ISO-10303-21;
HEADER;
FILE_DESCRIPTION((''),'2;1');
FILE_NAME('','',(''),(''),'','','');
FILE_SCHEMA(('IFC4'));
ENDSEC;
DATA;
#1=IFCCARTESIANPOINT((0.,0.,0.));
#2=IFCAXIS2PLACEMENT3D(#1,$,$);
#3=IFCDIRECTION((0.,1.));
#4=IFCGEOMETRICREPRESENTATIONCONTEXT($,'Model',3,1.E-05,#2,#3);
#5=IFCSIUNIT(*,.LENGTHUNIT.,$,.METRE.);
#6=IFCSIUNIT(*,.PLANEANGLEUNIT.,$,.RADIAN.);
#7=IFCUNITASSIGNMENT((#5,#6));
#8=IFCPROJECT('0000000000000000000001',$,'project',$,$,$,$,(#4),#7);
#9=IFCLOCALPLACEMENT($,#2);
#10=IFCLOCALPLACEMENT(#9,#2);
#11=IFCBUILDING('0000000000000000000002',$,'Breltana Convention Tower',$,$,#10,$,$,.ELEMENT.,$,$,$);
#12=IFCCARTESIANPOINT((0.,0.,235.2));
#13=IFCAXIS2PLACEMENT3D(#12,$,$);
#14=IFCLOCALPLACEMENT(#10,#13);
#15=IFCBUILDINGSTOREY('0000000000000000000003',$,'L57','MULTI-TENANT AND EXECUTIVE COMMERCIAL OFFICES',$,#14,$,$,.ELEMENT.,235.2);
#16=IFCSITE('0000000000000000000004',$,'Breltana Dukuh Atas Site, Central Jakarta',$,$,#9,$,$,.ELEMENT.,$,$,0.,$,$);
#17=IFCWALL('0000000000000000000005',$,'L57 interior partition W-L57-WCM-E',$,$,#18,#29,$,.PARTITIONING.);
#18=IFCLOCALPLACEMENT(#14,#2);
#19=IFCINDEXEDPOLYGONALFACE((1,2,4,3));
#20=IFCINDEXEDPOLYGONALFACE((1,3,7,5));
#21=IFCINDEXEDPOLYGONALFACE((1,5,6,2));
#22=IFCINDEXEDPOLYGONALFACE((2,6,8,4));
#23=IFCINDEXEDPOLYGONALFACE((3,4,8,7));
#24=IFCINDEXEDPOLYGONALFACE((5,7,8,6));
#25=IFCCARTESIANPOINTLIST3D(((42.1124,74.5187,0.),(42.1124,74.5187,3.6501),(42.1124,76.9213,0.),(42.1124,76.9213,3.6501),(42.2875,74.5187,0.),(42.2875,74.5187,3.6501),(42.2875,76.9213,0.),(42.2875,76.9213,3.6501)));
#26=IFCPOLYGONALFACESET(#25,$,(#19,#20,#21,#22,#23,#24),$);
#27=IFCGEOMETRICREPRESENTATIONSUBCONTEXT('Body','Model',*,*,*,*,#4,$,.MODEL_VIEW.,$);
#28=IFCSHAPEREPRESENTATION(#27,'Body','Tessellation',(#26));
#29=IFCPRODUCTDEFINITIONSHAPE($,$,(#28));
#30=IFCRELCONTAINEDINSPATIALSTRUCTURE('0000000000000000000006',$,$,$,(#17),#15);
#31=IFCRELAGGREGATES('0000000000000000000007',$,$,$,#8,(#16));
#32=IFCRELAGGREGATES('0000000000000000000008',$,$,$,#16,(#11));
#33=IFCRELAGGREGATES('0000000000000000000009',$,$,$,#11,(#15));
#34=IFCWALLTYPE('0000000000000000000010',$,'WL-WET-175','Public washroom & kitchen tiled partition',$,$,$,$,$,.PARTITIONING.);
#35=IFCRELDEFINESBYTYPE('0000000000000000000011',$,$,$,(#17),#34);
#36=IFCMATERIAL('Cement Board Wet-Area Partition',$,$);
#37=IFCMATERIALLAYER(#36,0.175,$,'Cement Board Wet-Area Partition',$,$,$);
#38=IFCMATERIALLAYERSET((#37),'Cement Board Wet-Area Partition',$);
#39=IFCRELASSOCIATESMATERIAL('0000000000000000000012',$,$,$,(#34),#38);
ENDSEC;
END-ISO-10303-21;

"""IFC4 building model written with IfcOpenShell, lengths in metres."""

from ifc_helpers import new_model, si_unit, direction, frame, frame_2d, origin, place, context, subcontext, project, spatial, rectangle, extrude, source, transform, mapped, material, layer, layer_set, type_object, element, save


model = new_model("IFC4")

# Units and contexts
model_context = context("Model", 3, precision=1e-05, world=origin(), true_north=direction((0.0, 1.0)))
body_context = subcontext(model_context, "Body", "Model", "MODEL_VIEW")
ifc_project = project(units=[si_unit("LENGTHUNIT", "METRE"), si_unit("PLANEANGLEUNIT", "RADIAN")], contexts=[model_context])

# Site, building, storey
site_placement = place(None, origin())
site = spatial("IfcSite", under=ifc_project, at=site_placement, Name="Breltana Dukuh Atas Site, Central Jakarta", CompositionType="ELEMENT", RefElevation=0.0)
building_placement = place(site_placement, origin())
building = spatial("IfcBuilding", under=site, at=building_placement, Name="Breltana Convention Tower", CompositionType="ELEMENT")
storey_placement = place(building_placement, frame((0.0, 0.0, 235.2)))
storey = spatial("IfcBuildingStorey", under=building, at=storey_placement, Name="L57", Description="MULTI-TENANT AND EXECUTIVE COMMERCIAL OFFICES", CompositionType="ELEMENT", Elevation=235.2)

# Shared definitions
ifc_material_1 = material(Name="Cement Board Wet-Area Partition")
ifc_layer_1 = layer(ifc_material_1, 0.175, Name="Cement Board Wet-Area Partition")
ifc_layer_set_1 = layer_set([ifc_layer_1], Name="Cement Board Wet-Area Partition")
wall_type_1 = type_object("IfcWallType", Name="WL-WET-175", Description="Public washroom & kitchen tiled partition", PredefinedType="PARTITIONING", material=ifc_layer_set_1)

# Wall
shared_shape_1 = source(origin(), body_context, "Body", "SweptSolid", [
    extrude(rectangle(XDim=2.4026, YDim=0.175, at=frame_2d((1.2012, 0.0))), origin(), (0.0, 0.0, 1.0), 3.6501),
])
for number, where, z_axis, x_axis, name in (
    (1, (42.2, 74.5188, 0.0), (0.0, 0.0, 1.0), (0.0, 1.0, 0.0), "L57 interior partition W-L57-WCM-E"),
):
    element("IfcWall", number, at=place(storey_placement, frame(where, z_axis=z_axis, x_axis=x_axis)), inside=storey, type_object=wall_type_1, Name=name, PredefinedType="PARTITIONING", context=body_context, shape_type="MappedRepresentation", body=[
        mapped(shared_shape_1, transform((0.0, 0.0, 0.0), scale=1.0)),
    ])

save(model, "model.ifc")
